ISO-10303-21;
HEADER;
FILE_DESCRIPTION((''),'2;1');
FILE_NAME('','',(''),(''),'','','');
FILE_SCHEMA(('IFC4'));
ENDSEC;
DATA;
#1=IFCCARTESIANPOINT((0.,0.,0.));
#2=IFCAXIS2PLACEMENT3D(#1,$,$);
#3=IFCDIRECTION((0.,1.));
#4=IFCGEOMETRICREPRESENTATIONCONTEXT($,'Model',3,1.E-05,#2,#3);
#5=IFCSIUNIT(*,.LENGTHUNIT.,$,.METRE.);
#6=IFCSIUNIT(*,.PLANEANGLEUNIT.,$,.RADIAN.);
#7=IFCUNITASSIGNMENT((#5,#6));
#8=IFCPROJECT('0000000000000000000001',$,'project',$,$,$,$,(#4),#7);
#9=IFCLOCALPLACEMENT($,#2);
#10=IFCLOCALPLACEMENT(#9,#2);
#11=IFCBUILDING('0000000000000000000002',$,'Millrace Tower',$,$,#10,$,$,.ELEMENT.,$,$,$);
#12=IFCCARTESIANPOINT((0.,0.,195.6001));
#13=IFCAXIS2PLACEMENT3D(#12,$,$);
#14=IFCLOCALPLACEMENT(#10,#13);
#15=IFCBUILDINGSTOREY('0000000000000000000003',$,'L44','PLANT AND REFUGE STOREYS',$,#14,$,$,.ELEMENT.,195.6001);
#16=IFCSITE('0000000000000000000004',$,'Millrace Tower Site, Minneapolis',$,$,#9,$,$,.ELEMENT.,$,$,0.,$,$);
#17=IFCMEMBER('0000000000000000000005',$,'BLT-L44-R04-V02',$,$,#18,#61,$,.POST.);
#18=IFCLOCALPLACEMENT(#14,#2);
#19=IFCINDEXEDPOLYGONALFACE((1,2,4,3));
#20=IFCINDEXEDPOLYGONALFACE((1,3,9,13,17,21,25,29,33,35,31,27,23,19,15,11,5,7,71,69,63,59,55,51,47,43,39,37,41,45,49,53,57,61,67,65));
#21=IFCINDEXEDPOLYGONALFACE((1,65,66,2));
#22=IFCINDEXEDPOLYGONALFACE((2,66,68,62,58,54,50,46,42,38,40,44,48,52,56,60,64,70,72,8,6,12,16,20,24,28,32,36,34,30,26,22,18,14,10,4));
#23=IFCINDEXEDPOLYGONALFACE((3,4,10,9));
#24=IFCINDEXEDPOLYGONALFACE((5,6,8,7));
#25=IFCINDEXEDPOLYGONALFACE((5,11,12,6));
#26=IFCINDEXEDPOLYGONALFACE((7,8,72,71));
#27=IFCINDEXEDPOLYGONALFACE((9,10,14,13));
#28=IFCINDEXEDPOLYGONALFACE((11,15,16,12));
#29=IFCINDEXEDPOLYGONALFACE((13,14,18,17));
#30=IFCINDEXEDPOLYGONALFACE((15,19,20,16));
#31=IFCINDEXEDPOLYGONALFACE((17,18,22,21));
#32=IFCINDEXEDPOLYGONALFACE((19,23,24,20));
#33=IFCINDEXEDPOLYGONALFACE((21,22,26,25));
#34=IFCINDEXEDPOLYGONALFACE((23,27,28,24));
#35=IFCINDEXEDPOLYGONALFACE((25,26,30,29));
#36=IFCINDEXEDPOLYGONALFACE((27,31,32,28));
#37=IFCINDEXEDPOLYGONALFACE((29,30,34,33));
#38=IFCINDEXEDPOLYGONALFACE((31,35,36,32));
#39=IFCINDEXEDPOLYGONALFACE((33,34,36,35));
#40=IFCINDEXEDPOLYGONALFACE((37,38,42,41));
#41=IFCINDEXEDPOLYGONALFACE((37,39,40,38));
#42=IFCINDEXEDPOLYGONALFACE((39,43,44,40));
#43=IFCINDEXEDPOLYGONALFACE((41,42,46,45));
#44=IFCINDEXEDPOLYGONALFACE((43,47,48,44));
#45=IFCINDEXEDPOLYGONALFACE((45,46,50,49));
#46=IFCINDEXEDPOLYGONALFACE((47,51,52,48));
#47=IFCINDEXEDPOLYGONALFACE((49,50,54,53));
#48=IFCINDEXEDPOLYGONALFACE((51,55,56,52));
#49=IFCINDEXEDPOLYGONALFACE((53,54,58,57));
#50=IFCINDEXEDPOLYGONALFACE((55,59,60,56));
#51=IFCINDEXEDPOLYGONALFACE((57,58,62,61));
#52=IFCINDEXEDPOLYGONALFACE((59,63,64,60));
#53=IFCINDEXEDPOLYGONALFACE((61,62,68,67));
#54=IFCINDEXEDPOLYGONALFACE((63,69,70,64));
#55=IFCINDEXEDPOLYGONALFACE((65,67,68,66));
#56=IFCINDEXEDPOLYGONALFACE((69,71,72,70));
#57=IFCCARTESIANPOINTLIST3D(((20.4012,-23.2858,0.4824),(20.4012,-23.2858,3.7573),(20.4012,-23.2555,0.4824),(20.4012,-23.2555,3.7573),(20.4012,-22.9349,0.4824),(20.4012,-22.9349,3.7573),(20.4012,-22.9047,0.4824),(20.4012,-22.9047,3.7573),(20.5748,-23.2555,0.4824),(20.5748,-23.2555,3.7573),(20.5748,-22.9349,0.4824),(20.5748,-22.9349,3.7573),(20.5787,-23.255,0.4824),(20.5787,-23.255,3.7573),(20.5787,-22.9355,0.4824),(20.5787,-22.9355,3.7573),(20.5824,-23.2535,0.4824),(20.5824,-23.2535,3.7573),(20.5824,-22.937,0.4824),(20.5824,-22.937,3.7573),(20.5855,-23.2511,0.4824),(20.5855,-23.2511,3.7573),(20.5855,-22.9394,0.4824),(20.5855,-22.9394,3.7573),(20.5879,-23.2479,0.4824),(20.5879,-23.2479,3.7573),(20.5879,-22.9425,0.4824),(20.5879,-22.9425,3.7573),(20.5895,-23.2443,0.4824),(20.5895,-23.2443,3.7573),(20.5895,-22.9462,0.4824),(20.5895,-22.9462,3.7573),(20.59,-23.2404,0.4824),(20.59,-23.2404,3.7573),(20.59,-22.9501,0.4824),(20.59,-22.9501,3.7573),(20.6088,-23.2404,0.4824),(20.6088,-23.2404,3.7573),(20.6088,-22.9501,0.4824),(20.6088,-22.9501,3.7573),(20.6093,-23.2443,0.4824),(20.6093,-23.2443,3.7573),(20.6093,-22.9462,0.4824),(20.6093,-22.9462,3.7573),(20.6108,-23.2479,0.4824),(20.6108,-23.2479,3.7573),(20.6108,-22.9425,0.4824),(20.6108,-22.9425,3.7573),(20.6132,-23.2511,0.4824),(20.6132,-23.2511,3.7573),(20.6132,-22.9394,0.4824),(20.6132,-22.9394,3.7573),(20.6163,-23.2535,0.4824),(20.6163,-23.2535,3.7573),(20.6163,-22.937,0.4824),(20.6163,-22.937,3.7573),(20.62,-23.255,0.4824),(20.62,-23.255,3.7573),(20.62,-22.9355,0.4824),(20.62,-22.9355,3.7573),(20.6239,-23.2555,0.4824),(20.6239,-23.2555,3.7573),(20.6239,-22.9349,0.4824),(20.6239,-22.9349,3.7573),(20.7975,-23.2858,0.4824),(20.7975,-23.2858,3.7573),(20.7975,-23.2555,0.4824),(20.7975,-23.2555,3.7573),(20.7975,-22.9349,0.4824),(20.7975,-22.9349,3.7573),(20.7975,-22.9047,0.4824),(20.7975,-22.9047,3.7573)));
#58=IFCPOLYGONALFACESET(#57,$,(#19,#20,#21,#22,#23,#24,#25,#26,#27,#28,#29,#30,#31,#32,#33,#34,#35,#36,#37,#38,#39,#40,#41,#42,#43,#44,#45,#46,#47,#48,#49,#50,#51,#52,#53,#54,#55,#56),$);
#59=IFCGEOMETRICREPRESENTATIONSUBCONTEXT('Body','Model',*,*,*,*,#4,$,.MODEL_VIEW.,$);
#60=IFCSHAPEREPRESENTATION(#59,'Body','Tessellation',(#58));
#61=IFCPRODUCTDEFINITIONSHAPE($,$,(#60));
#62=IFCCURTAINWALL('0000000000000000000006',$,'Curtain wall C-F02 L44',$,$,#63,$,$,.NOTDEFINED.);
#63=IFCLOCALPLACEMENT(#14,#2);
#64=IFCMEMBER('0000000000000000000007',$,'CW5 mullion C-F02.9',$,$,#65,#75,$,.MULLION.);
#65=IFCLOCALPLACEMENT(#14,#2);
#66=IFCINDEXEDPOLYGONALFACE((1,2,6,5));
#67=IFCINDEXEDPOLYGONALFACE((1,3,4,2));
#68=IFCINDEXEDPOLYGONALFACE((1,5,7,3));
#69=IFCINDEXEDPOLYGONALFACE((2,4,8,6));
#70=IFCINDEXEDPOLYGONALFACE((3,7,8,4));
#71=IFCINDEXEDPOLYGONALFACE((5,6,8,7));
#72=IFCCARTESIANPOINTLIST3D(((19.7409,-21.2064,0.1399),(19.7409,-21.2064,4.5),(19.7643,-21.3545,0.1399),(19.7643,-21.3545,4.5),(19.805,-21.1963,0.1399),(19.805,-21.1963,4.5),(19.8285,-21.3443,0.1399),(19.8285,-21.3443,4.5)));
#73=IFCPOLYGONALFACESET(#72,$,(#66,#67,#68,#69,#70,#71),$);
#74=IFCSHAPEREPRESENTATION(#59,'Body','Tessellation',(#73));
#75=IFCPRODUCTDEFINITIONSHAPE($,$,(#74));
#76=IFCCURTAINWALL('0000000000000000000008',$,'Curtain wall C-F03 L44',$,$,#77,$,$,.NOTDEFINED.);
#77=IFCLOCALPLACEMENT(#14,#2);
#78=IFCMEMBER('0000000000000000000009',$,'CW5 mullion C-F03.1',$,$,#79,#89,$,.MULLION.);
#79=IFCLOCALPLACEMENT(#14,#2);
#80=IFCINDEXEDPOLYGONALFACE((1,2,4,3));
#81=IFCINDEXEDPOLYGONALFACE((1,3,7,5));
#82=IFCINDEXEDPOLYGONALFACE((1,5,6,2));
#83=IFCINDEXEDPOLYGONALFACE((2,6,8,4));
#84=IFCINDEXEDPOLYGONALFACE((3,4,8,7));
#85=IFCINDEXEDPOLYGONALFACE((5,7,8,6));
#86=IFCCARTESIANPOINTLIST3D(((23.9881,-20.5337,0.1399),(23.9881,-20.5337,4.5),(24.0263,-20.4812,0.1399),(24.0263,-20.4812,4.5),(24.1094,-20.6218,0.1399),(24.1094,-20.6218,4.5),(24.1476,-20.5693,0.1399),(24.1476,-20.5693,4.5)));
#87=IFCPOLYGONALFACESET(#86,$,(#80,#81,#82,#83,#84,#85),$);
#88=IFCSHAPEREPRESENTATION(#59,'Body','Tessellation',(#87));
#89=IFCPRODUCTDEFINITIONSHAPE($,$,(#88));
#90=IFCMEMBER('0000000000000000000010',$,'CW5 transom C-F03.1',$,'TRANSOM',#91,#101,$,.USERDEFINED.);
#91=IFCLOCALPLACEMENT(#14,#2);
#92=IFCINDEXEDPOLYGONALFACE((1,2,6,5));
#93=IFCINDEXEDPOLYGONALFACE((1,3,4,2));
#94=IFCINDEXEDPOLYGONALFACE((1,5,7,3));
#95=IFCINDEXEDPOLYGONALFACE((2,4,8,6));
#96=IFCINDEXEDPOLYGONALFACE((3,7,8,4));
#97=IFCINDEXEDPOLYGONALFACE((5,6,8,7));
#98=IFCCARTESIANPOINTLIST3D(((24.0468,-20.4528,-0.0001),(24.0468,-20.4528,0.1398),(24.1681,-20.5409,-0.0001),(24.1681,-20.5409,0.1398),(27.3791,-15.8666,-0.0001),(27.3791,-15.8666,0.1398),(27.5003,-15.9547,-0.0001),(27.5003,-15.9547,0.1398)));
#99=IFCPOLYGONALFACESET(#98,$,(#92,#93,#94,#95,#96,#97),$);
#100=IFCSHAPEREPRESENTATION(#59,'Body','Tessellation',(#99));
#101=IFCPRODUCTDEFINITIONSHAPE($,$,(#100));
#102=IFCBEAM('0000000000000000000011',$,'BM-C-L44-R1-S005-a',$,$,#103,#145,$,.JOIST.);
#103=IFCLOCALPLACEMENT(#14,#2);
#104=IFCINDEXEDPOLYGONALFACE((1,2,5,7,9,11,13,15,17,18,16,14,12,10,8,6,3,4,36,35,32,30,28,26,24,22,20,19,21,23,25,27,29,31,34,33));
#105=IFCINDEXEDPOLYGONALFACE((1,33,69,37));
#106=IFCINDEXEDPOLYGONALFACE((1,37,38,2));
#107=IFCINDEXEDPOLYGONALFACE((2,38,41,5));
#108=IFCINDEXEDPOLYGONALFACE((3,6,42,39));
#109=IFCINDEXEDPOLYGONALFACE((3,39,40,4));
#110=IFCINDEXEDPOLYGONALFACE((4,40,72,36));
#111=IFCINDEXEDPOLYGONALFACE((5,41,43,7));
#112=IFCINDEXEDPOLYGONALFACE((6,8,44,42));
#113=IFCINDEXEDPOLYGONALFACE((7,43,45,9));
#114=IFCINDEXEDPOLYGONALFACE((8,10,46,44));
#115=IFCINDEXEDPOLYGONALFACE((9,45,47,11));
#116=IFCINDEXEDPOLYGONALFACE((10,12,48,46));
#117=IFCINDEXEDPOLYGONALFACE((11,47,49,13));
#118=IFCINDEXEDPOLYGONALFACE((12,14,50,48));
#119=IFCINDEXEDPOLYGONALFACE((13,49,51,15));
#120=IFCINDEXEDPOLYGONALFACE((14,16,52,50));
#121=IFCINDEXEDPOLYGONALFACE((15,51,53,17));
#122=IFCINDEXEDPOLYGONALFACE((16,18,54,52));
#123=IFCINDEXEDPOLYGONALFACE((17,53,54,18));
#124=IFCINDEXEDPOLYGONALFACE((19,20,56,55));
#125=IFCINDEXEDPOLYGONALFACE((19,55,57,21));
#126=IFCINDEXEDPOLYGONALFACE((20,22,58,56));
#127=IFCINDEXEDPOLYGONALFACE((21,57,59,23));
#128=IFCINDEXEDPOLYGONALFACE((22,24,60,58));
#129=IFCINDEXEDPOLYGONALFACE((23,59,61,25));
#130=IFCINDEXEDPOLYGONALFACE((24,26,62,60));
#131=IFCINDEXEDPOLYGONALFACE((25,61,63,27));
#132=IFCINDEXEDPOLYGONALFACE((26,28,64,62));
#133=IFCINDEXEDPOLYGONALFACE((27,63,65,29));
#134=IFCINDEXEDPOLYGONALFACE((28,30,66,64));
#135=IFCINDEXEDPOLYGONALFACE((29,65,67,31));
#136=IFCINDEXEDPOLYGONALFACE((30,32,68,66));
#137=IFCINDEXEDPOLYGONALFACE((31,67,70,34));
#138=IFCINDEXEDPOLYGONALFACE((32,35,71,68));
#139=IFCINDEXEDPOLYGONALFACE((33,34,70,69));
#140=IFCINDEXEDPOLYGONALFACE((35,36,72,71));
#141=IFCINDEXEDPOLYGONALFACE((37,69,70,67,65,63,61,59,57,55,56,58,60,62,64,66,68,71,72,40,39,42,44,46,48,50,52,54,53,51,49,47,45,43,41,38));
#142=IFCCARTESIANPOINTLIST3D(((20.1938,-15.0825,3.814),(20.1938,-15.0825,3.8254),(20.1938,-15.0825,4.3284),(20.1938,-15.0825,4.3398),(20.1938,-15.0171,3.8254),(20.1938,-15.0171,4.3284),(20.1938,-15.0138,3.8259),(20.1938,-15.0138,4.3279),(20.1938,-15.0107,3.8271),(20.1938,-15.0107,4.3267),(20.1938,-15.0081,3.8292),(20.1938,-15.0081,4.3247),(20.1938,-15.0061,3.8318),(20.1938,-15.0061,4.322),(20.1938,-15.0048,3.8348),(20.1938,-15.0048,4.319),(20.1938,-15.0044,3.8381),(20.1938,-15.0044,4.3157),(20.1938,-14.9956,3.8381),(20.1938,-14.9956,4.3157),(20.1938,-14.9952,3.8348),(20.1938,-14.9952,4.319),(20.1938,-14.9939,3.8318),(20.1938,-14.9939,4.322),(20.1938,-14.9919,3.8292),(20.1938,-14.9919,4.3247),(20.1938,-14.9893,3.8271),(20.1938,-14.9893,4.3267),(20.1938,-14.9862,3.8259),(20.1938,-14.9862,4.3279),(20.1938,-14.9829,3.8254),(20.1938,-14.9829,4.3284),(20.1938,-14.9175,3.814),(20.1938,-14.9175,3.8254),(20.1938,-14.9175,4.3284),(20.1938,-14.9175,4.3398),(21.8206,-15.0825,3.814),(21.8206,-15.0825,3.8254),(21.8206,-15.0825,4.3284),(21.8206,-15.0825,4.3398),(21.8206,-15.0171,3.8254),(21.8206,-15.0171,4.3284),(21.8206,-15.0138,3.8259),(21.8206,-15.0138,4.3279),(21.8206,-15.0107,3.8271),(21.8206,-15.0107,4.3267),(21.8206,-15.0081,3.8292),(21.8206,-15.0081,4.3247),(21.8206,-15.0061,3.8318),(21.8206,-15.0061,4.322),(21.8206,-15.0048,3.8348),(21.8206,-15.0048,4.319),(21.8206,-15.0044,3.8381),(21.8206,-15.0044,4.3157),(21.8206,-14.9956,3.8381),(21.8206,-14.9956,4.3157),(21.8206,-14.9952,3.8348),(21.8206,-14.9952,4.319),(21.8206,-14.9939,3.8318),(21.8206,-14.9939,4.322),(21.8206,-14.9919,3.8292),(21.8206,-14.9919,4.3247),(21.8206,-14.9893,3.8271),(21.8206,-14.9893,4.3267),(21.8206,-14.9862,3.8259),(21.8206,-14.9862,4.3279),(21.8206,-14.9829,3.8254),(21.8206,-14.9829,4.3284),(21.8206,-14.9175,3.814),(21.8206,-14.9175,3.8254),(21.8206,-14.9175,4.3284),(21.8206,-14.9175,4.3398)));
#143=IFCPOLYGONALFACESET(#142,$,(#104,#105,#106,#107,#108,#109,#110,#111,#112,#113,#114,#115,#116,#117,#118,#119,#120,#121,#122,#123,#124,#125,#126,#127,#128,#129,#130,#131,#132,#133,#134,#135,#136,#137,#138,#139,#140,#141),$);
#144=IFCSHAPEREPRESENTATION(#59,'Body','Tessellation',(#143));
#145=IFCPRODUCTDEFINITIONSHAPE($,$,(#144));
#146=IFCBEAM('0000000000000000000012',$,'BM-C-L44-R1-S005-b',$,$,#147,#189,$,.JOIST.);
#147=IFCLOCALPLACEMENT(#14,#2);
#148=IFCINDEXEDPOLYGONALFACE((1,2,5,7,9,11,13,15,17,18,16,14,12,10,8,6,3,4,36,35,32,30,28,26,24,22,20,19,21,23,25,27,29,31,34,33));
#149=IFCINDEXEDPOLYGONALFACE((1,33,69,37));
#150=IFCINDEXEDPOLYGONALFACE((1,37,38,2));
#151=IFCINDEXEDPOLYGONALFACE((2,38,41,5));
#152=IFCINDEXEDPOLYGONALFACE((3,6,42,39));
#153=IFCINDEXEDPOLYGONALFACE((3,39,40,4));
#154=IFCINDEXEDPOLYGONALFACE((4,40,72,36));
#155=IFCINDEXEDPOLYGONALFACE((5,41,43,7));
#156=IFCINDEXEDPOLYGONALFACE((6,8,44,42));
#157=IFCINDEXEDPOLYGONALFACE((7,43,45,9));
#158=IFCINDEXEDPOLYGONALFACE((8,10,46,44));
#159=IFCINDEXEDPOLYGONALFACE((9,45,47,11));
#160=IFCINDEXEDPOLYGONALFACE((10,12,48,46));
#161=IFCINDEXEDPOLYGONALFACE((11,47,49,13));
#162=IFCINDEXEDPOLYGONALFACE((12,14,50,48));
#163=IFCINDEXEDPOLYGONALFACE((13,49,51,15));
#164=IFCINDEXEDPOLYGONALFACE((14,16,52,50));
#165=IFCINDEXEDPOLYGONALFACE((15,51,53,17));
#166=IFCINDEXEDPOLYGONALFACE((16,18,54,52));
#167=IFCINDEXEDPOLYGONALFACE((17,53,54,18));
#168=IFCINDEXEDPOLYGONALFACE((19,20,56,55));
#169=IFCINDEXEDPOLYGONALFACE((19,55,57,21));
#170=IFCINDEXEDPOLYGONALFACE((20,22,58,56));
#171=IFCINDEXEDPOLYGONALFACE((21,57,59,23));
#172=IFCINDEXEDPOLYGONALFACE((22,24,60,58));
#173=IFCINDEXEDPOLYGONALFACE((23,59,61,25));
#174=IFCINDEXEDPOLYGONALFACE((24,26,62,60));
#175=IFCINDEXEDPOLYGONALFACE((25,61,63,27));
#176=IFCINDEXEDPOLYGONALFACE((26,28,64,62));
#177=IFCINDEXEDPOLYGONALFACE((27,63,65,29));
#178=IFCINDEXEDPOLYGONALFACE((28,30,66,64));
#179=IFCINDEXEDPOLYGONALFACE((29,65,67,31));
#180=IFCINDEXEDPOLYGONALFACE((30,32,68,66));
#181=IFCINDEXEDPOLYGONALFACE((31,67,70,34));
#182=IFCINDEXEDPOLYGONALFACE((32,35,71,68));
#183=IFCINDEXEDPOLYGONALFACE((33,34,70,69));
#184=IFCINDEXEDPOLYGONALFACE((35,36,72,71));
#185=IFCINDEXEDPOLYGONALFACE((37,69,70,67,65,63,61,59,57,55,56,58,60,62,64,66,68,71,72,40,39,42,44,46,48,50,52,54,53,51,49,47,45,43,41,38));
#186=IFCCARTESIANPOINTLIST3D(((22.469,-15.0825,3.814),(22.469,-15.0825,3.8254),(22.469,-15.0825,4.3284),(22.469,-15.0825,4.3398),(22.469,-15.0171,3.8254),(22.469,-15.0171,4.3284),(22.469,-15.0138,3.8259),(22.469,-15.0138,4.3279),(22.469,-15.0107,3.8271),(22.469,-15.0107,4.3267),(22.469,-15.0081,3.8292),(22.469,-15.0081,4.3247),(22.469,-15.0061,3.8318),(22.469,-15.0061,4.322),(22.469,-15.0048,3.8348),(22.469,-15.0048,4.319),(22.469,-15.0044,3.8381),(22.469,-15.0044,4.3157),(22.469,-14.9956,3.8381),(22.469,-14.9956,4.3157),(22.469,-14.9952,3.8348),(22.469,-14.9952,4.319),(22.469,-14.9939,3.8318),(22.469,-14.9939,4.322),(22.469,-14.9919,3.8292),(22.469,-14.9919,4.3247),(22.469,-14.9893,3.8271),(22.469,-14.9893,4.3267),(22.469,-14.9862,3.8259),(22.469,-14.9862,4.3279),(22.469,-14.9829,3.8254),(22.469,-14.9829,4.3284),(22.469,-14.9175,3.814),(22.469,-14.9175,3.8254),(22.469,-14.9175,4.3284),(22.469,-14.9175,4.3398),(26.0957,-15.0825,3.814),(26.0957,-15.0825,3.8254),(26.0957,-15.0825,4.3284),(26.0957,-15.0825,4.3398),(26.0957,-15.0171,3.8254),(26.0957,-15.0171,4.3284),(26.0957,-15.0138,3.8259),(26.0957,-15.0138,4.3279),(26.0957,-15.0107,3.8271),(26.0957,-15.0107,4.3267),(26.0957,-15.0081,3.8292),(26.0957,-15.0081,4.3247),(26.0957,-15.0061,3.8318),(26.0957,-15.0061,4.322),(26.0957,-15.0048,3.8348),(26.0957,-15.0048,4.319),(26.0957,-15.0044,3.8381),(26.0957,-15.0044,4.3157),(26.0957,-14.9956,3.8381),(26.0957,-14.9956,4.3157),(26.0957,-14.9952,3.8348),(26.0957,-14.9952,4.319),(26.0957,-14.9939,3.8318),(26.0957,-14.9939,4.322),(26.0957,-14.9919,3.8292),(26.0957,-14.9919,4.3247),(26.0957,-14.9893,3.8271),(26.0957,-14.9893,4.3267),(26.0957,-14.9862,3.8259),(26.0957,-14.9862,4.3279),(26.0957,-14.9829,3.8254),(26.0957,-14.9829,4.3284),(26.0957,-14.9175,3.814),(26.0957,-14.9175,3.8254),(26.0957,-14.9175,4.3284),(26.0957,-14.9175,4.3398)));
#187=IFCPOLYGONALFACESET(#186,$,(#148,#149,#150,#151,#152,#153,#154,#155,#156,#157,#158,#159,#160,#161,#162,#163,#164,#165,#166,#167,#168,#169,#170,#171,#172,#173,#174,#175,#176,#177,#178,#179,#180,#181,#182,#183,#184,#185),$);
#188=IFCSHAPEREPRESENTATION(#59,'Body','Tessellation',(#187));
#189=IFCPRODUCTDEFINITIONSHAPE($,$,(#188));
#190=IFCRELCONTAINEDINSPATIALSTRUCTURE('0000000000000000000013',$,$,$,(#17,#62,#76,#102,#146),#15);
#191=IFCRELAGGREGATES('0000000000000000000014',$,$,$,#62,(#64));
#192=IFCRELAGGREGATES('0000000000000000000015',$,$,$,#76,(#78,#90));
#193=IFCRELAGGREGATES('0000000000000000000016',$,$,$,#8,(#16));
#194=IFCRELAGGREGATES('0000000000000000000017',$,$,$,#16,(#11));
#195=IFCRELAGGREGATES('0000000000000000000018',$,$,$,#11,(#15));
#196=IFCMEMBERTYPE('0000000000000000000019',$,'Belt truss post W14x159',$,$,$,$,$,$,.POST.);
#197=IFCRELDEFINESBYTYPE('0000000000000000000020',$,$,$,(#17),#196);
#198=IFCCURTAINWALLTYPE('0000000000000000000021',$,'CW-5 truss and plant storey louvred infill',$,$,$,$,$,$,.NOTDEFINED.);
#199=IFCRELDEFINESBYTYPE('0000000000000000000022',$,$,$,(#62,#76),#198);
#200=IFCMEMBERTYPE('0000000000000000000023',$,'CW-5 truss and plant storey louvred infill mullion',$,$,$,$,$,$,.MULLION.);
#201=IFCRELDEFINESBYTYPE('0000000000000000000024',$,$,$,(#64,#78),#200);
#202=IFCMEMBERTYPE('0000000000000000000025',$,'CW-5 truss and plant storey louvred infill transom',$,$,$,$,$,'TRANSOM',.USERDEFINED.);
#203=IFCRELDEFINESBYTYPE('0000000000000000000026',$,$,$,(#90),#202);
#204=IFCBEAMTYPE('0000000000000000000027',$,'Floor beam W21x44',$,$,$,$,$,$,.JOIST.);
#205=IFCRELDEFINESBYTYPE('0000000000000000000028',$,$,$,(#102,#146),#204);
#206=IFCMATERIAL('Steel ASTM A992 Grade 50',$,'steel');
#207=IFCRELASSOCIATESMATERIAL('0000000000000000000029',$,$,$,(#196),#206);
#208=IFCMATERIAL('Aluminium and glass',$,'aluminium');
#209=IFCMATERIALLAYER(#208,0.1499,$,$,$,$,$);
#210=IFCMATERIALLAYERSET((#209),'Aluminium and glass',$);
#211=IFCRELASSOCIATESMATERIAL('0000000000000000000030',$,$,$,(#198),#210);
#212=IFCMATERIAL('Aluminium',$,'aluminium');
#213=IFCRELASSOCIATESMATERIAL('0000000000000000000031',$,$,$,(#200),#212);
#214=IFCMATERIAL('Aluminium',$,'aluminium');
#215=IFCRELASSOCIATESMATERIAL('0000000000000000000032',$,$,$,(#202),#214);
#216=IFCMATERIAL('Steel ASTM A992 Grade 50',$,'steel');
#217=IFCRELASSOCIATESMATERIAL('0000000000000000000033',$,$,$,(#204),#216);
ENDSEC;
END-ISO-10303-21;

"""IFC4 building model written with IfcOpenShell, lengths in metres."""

from ifc_helpers import new_model, si_unit, direction, frame, origin, origin_2d, place, context, subcontext, project, spatial, rectangle, i_section, extrude, material, layer, layer_set, material_profile, profile_set, type_object, element, aggregate, save


model = new_model("IFC4")

# Units and contexts
model_context = context("Model", 3, precision=1e-05, world=origin(), true_north=direction((0.0, 1.0)))
body_context = subcontext(model_context, "Body", "Model", "MODEL_VIEW")
ifc_project = project(units=[si_unit("LENGTHUNIT", "METRE"), si_unit("PLANEANGLEUNIT", "RADIAN")], contexts=[model_context])

# Site, building, storey
site_placement = place(None, origin())
site = spatial("IfcSite", under=ifc_project, at=site_placement, Name="Millrace Tower Site, Minneapolis", CompositionType="ELEMENT", RefElevation=0.0)
building_placement = place(site_placement, origin())
building = spatial("IfcBuilding", under=site, at=building_placement, Name="Millrace Tower", CompositionType="ELEMENT")
storey_placement = place(building_placement, frame((0.0, 0.0, 195.6001)))
storey = spatial("IfcBuildingStorey", under=building, at=storey_placement, Name="L44", Description="PLANT AND REFUGE STOREYS", CompositionType="ELEMENT", Elevation=195.6001)

# Member
ifc_material_1 = material(Name="Steel ASTM A992 Grade 50", Category="steel")
ifc_material_profile_1 = material_profile(ifc_material_1, i_section(OverallWidth=0.3962, OverallDepth=0.3811, WebThickness=0.0188, FlangeThickness=0.0303, FilletRadius=0.0151, at=origin_2d()))
ifc_profile_set_1 = profile_set([ifc_material_profile_1], Name="Steel ASTM A992 Grade 50")
member_type_1 = type_object("IfcMemberType", Name="Belt truss post W14x159", PredefinedType="POST", material=ifc_profile_set_1)
member_1_placement = place(storey_placement, frame((20.5994, -23.0952, 0.4824), z_axis=(0.0, 0.0, 1.0), x_axis=(1.0, 0.0, 0.0)))
element("IfcMember", 1, at=member_1_placement, inside=storey, type_object=member_type_1, Name="BLT-L44-R04-V02", PredefinedType="POST", context=body_context, shape_type="SweptSolid", body=[
    extrude(i_section(OverallWidth=0.3962, OverallDepth=0.3811, WebThickness=0.0188, FlangeThickness=0.0303, FilletRadius=0.0151, at=origin_2d()), origin(), (0.0, 0.0, 1.0), 3.2749),
])

# Curtain wall, member
ifc_material_2 = material(Name="Aluminium and glass", Category="aluminium")
ifc_layer_1 = layer(ifc_material_2, 0.1499)
ifc_layer_set_1 = layer_set([ifc_layer_1], Name="Aluminium and glass")
curtain_wall_type = type_object("IfcCurtainWallType", Name="CW-5 truss and plant storey louvred infill", PredefinedType="NOTDEFINED", material=ifc_layer_set_1)
placement = place(storey_placement, origin())
curtain_wall_1 = element("IfcCurtainWall", 2, at=placement, inside=storey, type_object=curtain_wall_type, Name="Curtain wall C-F02 L44", PredefinedType="NOTDEFINED")
ifc_material_3 = material(Name="Aluminium", Category="aluminium")
ifc_material_profile_2 = material_profile(ifc_material_3, rectangle(XDim=0.0649, YDim=0.1499, at=origin_2d()))
ifc_profile_set_2 = profile_set([ifc_material_profile_2], Name="Aluminium")
member_type_2 = type_object("IfcMemberType", Name="CW-5 truss and plant storey louvred infill mullion", PredefinedType="MULLION", material=ifc_profile_set_2)
member_2_placement = place(storey_placement, frame((19.7847, -21.2754, 0.1399), z_axis=(0.0, 0.0, 1.0), x_axis=(0.987688, 0.156434, 0.0)))
member_2 = element("IfcMember", 3, at=member_2_placement, type_object=member_type_2, Name="CW5 mullion C-F02.9", PredefinedType="MULLION", context=body_context, shape_type="SweptSolid", body=[
    extrude(rectangle(XDim=0.0649, YDim=0.1499, at=origin_2d()), origin(), (0.0, 0.0, 1.0), 4.3601),
])
aggregate(curtain_wall_1, [member_2])

# Curtain wall, members
curtain_wall_2 = element("IfcCurtainWall", 4, at=placement, inside=storey, type_object=curtain_wall_type, Name="Curtain wall C-F03 L44", PredefinedType="NOTDEFINED")
member_3_placement = place(storey_placement, frame((24.0679, -20.5515, 0.1399), z_axis=(0.0, 0.0, 1.0), x_axis=(0.587785, 0.809017, 0.0)))
member_3 = element("IfcMember", 5, at=member_3_placement, type_object=member_type_2, Name="CW5 mullion C-F03.1", PredefinedType="MULLION", context=body_context, shape_type="SweptSolid", body=[
    extrude(rectangle(XDim=0.0649, YDim=0.1499, at=origin_2d()), origin(), (0.0, 0.0, 1.0), 4.3601),
])
ifc_material_4 = material(Name="Aluminium", Category="aluminium")
ifc_material_profile_3 = material_profile(ifc_material_4, rectangle(XDim=0.1499, YDim=0.1399, at=origin_2d()))
ifc_profile_set_3 = profile_set([ifc_material_profile_3], Name="Aluminium")
member_type_3 = type_object("IfcMemberType", Name="CW-5 truss and plant storey louvred infill transom", ElementType="TRANSOM", PredefinedType="USERDEFINED", material=ifc_profile_set_3)
member_4_placement = place(storey_placement, frame((24.1074, -20.4968, 0.0698), z_axis=(0.587811, 0.808999, 0.0), x_axis=(-0.808999, 0.587811, 0.0)))
member_4 = element("IfcMember", 6, at=member_4_placement, type_object=member_type_3, Name="CW5 transom C-F03.1", ObjectType="TRANSOM", PredefinedType="USERDEFINED", context=body_context, shape_type="SweptSolid", body=[
    extrude(rectangle(XDim=0.1499, YDim=0.1399, at=origin_2d()), origin(), (0.0, 0.0, 1.0), 5.6689),
])
aggregate(curtain_wall_2, [member_3, member_4])

# Beams
ifc_material_5 = material(Name="Steel ASTM A992 Grade 50", Category="steel")
ifc_material_profile_4 = material_profile(ifc_material_5, i_section(OverallWidth=0.165, OverallDepth=0.5259, WebThickness=0.0088, FlangeThickness=0.0115, FilletRadius=0.0127, at=origin_2d()))
ifc_profile_set_4 = profile_set([ifc_material_profile_4], Name="Steel ASTM A992 Grade 50")
beam_type_1 = type_object("IfcBeamType", Name="Floor beam W21x44", PredefinedType="JOIST", material=ifc_profile_set_4)
beam_1_placement = place(storey_placement, frame((20.1938, -15.0, 4.0769), z_axis=(1.0, 0.0, 0.0), x_axis=(0.0, 1.0, 0.0)))
element("IfcBeam", 7, at=beam_1_placement, inside=storey, type_object=beam_type_1, Name="BM-C-L44-R1-S005-a", PredefinedType="JOIST", context=body_context, shape_type="SweptSolid", body=[
    extrude(i_section(OverallWidth=0.165, OverallDepth=0.5259, WebThickness=0.0088, FlangeThickness=0.0115, FilletRadius=0.0127, at=origin_2d()), origin(), (0.0, 0.0, 1.0), 1.6267),
])
beam_2_placement = place(storey_placement, frame((22.469, -15.0, 4.0769), z_axis=(1.0, 0.0, 0.0), x_axis=(0.0, 1.0, 0.0)))
element("IfcBeam", 8, at=beam_2_placement, inside=storey, type_object=beam_type_1, Name="BM-C-L44-R1-S005-b", PredefinedType="JOIST", context=body_context, shape_type="SweptSolid", body=[
    extrude(i_section(OverallWidth=0.165, OverallDepth=0.5259, WebThickness=0.0088, FlangeThickness=0.0115, FilletRadius=0.0127, at=origin_2d()), origin(), (0.0, 0.0, 1.0), 3.6267),
])

save(model, "model.ifc")
